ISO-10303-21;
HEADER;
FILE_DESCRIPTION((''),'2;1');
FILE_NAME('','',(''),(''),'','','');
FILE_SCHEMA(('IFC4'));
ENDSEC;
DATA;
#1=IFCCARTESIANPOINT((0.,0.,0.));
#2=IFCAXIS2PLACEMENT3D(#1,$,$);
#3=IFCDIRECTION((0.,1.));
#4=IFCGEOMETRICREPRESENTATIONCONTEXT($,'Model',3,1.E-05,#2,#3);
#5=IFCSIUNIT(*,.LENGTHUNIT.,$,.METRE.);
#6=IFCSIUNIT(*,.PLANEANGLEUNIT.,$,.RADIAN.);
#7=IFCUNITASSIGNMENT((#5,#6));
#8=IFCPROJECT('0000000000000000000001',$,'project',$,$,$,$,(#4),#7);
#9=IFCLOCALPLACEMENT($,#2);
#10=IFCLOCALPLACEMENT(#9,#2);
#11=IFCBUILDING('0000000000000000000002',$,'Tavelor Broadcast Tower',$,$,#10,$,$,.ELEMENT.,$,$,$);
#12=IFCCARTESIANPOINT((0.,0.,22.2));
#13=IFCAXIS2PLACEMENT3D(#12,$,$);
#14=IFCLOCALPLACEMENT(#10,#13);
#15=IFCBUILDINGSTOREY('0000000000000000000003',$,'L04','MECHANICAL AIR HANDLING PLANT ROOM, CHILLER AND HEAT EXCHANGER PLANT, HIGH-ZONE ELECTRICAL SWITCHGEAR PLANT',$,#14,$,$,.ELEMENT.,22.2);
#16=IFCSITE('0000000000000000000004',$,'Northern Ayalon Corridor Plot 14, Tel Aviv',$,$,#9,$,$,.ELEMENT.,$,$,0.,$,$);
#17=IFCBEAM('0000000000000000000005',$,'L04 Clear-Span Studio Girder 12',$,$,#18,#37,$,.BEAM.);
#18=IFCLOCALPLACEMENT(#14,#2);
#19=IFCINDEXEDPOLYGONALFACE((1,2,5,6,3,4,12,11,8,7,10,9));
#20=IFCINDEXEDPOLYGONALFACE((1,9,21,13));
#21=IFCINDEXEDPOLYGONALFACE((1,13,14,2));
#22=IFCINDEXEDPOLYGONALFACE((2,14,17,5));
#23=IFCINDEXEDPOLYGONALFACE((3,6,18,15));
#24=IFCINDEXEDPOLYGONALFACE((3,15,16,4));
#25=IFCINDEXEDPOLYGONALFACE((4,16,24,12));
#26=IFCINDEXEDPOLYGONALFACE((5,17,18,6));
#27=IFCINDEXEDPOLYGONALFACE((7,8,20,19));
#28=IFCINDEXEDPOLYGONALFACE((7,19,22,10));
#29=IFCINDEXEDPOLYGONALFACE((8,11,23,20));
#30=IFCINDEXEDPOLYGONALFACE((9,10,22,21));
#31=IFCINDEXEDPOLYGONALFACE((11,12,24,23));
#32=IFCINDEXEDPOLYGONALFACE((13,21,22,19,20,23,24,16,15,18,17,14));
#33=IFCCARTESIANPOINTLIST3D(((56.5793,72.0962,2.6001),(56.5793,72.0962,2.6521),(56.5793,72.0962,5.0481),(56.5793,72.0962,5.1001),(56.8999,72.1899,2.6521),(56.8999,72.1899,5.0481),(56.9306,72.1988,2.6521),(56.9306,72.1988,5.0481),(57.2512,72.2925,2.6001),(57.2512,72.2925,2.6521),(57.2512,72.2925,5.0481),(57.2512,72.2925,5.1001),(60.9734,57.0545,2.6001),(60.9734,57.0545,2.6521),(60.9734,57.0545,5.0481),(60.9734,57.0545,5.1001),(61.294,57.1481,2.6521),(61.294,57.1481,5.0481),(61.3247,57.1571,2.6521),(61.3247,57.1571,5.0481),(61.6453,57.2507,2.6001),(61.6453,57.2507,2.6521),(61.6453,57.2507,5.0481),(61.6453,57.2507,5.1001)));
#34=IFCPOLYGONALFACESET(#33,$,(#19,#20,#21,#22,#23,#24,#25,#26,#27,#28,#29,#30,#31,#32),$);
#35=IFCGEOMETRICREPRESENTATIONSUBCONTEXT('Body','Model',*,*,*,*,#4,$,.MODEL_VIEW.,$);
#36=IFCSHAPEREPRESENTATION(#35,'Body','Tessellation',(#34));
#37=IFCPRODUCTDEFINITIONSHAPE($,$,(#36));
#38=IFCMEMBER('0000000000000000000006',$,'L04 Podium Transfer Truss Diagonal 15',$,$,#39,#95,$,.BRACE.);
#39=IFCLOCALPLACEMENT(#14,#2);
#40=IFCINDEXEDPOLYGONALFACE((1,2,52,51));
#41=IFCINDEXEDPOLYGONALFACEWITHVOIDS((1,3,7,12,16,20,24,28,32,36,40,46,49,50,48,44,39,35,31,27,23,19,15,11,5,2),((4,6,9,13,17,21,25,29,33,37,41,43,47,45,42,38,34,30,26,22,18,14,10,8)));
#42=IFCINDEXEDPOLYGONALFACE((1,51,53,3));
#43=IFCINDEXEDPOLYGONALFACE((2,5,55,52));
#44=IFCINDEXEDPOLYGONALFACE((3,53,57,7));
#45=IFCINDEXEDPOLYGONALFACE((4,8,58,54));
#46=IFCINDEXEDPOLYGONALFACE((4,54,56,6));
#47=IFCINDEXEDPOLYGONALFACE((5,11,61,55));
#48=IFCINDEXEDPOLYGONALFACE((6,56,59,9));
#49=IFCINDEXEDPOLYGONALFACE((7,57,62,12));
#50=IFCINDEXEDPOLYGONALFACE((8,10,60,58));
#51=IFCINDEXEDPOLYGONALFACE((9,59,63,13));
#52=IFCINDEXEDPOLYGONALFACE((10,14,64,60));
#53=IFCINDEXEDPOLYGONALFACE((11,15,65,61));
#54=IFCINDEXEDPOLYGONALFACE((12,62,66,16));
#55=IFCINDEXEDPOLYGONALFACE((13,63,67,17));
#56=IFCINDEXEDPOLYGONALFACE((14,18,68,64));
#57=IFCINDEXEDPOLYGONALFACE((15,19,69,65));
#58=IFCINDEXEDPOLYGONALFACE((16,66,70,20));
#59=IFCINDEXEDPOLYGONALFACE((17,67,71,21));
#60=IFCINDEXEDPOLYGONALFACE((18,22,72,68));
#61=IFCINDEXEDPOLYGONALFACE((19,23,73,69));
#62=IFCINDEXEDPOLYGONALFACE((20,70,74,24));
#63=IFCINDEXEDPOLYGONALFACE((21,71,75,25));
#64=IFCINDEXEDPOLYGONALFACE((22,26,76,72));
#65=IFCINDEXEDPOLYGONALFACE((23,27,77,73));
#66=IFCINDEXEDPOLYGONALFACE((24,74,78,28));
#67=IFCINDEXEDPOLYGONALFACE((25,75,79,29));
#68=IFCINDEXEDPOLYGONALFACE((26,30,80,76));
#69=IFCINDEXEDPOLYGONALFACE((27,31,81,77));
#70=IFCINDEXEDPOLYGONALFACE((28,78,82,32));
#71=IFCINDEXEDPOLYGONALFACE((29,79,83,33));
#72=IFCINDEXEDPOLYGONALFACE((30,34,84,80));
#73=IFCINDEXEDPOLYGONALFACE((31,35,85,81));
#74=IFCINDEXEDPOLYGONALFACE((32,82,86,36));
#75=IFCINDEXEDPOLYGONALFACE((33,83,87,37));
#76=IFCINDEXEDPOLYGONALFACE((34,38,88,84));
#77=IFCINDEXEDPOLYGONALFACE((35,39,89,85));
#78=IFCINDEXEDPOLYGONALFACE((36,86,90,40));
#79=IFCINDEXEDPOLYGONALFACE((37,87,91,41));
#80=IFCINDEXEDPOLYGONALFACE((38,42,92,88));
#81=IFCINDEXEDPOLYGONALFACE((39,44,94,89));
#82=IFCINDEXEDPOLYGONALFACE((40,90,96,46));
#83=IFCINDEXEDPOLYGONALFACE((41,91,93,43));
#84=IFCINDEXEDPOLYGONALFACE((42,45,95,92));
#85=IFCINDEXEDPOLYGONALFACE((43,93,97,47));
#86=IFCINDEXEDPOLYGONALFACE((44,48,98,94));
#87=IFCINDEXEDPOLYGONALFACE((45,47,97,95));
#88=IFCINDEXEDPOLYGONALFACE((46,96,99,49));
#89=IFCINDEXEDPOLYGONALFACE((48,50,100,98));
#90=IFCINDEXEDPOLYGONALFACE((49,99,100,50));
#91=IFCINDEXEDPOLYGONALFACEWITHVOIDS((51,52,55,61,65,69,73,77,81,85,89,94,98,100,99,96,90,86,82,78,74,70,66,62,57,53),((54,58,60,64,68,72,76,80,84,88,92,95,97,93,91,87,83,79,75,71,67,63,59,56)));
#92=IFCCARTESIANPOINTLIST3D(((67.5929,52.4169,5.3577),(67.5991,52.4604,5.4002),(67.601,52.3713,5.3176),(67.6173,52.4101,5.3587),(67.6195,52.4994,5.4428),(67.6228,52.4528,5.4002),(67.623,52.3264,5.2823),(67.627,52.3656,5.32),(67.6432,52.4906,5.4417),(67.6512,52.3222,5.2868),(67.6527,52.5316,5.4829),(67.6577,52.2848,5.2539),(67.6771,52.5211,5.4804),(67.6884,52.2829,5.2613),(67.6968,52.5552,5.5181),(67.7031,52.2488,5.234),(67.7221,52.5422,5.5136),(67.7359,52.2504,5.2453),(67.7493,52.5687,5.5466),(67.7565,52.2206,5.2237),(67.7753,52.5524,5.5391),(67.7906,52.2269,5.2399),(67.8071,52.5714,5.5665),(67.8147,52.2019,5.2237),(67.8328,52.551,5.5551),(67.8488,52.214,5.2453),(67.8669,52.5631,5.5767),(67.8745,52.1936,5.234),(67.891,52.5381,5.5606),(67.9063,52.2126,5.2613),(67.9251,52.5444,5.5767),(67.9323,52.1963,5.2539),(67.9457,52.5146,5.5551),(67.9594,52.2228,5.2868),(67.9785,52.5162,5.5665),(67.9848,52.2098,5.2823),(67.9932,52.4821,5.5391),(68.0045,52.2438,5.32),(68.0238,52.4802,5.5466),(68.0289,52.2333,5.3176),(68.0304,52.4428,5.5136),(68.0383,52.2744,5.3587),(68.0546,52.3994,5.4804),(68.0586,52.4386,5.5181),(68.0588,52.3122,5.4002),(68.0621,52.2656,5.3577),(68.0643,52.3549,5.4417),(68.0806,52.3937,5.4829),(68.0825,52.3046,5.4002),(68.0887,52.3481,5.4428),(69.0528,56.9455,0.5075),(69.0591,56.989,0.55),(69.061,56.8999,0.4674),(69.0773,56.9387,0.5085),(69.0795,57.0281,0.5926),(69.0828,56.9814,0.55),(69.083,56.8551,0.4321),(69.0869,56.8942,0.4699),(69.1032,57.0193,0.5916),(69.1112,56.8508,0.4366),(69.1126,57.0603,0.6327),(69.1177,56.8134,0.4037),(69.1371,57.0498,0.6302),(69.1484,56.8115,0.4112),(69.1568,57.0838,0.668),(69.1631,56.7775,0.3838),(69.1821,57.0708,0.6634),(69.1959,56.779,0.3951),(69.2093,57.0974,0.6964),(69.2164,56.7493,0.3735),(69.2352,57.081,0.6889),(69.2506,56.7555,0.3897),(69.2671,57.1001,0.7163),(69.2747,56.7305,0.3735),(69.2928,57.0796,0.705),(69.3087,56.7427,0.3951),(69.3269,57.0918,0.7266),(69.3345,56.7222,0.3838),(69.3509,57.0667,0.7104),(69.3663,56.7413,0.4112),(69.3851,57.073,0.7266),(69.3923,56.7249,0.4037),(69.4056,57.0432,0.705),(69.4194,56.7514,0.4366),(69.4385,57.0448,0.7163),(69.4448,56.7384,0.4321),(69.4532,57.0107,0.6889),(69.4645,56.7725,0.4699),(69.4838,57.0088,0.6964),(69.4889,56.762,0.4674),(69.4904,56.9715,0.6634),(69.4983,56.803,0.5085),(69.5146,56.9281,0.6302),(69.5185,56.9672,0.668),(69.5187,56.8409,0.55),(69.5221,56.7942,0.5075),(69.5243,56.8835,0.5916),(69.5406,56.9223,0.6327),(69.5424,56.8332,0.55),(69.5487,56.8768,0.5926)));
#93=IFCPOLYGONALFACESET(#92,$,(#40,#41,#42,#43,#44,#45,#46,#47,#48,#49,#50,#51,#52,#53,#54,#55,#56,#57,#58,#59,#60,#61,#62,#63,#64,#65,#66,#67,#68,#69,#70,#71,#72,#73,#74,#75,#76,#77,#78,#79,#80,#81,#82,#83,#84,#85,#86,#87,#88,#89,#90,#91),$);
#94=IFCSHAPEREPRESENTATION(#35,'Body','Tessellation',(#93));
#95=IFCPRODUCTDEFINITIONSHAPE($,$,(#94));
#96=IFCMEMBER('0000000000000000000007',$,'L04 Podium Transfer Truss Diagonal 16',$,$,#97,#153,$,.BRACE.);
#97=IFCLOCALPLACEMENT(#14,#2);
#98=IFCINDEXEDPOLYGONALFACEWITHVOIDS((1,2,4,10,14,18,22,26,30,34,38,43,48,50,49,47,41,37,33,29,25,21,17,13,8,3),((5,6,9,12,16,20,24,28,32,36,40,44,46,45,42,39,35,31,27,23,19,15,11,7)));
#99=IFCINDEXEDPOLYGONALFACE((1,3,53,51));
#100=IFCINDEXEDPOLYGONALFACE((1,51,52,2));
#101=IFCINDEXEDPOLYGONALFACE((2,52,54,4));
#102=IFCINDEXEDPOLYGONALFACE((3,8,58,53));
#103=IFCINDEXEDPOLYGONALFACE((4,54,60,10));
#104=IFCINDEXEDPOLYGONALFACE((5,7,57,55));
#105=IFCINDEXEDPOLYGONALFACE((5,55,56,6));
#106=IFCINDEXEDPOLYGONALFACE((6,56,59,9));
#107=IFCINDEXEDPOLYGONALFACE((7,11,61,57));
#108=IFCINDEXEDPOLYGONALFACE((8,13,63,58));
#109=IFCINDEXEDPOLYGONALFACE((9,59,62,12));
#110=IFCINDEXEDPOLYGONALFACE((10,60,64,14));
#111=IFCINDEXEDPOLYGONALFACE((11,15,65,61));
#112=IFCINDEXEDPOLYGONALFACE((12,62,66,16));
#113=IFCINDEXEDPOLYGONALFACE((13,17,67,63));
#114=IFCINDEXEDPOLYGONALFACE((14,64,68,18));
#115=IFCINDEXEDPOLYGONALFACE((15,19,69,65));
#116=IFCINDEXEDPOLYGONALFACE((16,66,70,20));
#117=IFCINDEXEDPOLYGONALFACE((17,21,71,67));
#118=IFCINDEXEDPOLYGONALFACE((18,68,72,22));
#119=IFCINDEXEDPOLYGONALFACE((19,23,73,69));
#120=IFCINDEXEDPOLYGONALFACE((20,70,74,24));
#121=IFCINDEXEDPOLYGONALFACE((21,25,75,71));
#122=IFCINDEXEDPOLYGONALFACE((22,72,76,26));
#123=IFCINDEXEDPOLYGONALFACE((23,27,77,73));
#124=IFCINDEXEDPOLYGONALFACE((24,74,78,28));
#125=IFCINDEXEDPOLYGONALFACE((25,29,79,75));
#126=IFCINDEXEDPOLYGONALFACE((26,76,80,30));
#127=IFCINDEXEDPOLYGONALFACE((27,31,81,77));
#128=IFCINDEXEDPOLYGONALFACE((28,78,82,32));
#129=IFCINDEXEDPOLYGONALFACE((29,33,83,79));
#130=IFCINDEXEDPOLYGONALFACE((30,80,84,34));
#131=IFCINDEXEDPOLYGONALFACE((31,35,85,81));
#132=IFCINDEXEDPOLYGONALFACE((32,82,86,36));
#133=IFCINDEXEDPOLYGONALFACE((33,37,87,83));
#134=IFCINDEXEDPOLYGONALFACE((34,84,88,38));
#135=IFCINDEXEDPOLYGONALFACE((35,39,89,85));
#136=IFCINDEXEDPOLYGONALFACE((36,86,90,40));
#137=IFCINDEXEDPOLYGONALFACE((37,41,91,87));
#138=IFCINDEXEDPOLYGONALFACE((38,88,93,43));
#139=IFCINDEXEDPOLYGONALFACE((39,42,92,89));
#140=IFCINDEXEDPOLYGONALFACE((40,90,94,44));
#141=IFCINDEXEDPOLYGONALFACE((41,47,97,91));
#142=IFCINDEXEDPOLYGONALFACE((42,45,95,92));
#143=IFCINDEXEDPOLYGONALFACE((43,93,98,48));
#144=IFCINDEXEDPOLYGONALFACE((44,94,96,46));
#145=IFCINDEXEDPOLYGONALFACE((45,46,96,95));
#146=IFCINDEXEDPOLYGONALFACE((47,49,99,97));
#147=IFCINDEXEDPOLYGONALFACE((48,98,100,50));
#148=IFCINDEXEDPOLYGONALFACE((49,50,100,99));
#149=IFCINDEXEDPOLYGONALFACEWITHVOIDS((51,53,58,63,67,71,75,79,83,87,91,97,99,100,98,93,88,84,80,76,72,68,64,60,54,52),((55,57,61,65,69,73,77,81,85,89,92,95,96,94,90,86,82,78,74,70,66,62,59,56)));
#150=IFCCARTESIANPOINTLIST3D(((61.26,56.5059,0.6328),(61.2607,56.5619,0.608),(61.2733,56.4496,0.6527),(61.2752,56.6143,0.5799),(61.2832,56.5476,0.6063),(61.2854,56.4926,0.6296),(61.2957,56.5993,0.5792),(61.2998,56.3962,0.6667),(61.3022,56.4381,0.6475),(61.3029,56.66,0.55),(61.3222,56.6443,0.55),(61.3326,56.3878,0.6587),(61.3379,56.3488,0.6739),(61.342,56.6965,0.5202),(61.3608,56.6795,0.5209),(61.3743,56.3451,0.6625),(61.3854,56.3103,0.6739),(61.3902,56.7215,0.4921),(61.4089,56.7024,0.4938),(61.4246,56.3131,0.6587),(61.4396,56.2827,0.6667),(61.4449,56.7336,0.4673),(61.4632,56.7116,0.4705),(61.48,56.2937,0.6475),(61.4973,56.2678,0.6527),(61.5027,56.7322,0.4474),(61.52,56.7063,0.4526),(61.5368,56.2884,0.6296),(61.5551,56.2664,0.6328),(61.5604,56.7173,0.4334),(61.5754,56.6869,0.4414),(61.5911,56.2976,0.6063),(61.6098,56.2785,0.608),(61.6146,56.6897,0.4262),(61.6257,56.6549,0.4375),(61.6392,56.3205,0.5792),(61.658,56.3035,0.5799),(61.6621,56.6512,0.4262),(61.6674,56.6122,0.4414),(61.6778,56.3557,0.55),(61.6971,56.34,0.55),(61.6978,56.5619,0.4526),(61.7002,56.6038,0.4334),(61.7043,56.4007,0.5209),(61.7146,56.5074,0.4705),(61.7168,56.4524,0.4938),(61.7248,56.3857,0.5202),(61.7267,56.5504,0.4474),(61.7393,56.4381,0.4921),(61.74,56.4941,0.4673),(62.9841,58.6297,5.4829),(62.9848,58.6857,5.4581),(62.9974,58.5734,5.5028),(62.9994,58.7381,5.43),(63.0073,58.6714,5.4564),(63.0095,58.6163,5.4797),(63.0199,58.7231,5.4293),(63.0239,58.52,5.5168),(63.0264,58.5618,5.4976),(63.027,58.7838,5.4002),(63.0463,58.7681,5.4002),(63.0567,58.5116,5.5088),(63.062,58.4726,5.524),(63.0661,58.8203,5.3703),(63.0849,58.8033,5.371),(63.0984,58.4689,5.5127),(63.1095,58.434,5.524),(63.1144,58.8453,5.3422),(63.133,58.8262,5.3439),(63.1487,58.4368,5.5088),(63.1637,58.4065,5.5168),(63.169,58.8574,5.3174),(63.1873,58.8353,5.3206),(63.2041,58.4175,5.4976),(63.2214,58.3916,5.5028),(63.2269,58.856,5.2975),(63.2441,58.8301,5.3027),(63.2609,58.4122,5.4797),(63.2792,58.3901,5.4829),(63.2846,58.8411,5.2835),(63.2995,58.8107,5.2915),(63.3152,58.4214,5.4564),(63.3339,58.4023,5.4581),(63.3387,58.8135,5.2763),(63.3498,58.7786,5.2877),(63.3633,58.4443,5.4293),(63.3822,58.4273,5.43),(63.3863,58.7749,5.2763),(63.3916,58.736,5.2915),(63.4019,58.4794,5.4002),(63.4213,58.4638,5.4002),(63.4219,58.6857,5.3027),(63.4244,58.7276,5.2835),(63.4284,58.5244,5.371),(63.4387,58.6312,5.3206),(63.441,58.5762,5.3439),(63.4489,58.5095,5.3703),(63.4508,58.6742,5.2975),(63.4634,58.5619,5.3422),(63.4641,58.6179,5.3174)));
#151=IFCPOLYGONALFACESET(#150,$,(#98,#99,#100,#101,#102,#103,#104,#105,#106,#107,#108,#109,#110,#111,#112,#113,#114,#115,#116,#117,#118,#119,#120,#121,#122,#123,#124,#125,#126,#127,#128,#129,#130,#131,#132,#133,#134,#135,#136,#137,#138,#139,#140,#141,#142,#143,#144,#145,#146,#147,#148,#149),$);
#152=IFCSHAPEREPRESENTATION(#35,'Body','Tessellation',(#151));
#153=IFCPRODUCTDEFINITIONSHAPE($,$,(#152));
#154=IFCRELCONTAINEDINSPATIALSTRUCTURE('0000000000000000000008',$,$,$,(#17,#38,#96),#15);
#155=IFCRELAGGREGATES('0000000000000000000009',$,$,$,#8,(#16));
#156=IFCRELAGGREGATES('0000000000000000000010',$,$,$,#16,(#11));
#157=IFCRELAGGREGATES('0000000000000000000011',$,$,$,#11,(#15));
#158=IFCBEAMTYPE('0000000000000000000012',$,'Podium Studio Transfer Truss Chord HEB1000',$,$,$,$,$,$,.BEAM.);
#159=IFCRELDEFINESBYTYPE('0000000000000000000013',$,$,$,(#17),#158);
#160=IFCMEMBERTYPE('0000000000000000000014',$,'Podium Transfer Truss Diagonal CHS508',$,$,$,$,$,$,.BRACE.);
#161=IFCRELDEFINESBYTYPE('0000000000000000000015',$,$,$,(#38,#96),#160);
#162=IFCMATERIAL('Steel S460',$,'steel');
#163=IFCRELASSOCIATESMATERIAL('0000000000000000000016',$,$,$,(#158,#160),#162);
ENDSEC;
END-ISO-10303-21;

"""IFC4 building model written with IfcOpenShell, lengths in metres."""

from ifc_helpers import new_model, si_unit, direction, frame, origin, origin_2d, place, context, subcontext, project, spatial, hollow_circle, i_section, extrude, material, material_profile, profile_set, type_object, element, save


model = new_model("IFC4")

# Units and contexts
model_context = context("Model", 3, precision=1e-05, world=origin(), true_north=direction((0.0, 1.0)))
body_context = subcontext(model_context, "Body", "Model", "MODEL_VIEW")
ifc_project = project(units=[si_unit("LENGTHUNIT", "METRE"), si_unit("PLANEANGLEUNIT", "RADIAN")], contexts=[model_context])

# Site, building, storey
site_placement = place(None, origin())
site = spatial("IfcSite", under=ifc_project, at=site_placement, Name="Northern Ayalon Corridor Plot 14, Tel Aviv", CompositionType="ELEMENT", RefElevation=0.0)
building_placement = place(site_placement, origin())
building = spatial("IfcBuilding", under=site, at=building_placement, Name="Tavelor Broadcast Tower", CompositionType="ELEMENT")
storey_placement = place(building_placement, frame((0.0, 0.0, 22.2)))
storey = spatial("IfcBuildingStorey", under=building, at=storey_placement, Name="L04", Description="MECHANICAL AIR HANDLING PLANT ROOM, CHILLER AND HEAT EXCHANGER PLANT, HIGH-ZONE ELECTRICAL SWITCHGEAR PLANT", CompositionType="ELEMENT", Elevation=22.2)

# Shared definitions
ifc_material_1 = material(Name="Steel S460", Category="steel")

# Beam
ifc_material_profile_1 = material_profile(ifc_material_1, i_section(OverallWidth=0.7, OverallDepth=2.5, WebThickness=0.032, FlangeThickness=0.052, at=origin_2d()), Name="PG 2500x700")
ifc_profile_set_1 = profile_set([ifc_material_profile_1], Name="Steel S460")
beam_type_1 = type_object("IfcBeamType", Name="Podium Studio Transfer Truss Chord HEB1000", PredefinedType="BEAM", material=ifc_profile_set_1)
beam_1_placement = place(storey_placement, frame((61.3093, 57.1526, 3.8501), z_axis=(-0.280404, 0.959882, 0.0), x_axis=(-0.959882, -0.280404, 0.0)))
element("IfcBeam", 1, at=beam_1_placement, inside=storey, type_object=beam_type_1, Name="L04 Clear-Span Studio Girder 12", PredefinedType="BEAM", context=body_context, shape_type="SweptSolid", body=[
    extrude(i_section(OverallWidth=0.7, OverallDepth=2.5, WebThickness=0.032, FlangeThickness=0.052, at=origin_2d()), origin(), (0.0, 0.0, 1.0), 15.6704),
])

# Members
ifc_material_profile_2 = material_profile(ifc_material_1, hollow_circle(Radius=0.2539, WallThickness=0.0249, at=origin_2d()), Name="CHS 508x25")
ifc_profile_set_2 = profile_set([ifc_material_profile_2], Name="Steel S460")
member_type = type_object("IfcMemberType", Name="Podium Transfer Truss Diagonal CHS508", PredefinedType="BRACE", material=ifc_profile_set_2)
member_1_placement = place(storey_placement, frame((69.3008, 56.9111, 0.55), z_axis=(-0.21488, -0.666522, 0.713846), x_axis=(0.951762, -0.306838, 0.0)))
element("IfcMember", 2, at=member_1_placement, inside=storey, type_object=member_type, Name="L04 Podium Transfer Truss Diagonal 15", PredefinedType="BRACE", context=body_context, shape_type="SweptSolid", body=[
    extrude(hollow_circle(Radius=0.2539, WallThickness=0.0249, at=origin_2d()), origin(), (0.0, 0.0, 1.0), 6.7944),
])
member_2_placement = place(storey_placement, frame((61.5, 56.5, 0.55), z_axis=(0.309629, 0.381402, 0.871012), x_axis=(-0.776373, 0.630273, 0.0)))
element("IfcMember", 3, at=member_2_placement, inside=storey, type_object=member_type, Name="L04 Podium Transfer Truss Diagonal 16", PredefinedType="BRACE", context=body_context, shape_type="SweptSolid", body=[
    extrude(hollow_circle(Radius=0.2539, WallThickness=0.0249, at=origin_2d()), origin(), (0.0, 0.0, 1.0), 5.5684),
])

save(model, "model.ifc")
